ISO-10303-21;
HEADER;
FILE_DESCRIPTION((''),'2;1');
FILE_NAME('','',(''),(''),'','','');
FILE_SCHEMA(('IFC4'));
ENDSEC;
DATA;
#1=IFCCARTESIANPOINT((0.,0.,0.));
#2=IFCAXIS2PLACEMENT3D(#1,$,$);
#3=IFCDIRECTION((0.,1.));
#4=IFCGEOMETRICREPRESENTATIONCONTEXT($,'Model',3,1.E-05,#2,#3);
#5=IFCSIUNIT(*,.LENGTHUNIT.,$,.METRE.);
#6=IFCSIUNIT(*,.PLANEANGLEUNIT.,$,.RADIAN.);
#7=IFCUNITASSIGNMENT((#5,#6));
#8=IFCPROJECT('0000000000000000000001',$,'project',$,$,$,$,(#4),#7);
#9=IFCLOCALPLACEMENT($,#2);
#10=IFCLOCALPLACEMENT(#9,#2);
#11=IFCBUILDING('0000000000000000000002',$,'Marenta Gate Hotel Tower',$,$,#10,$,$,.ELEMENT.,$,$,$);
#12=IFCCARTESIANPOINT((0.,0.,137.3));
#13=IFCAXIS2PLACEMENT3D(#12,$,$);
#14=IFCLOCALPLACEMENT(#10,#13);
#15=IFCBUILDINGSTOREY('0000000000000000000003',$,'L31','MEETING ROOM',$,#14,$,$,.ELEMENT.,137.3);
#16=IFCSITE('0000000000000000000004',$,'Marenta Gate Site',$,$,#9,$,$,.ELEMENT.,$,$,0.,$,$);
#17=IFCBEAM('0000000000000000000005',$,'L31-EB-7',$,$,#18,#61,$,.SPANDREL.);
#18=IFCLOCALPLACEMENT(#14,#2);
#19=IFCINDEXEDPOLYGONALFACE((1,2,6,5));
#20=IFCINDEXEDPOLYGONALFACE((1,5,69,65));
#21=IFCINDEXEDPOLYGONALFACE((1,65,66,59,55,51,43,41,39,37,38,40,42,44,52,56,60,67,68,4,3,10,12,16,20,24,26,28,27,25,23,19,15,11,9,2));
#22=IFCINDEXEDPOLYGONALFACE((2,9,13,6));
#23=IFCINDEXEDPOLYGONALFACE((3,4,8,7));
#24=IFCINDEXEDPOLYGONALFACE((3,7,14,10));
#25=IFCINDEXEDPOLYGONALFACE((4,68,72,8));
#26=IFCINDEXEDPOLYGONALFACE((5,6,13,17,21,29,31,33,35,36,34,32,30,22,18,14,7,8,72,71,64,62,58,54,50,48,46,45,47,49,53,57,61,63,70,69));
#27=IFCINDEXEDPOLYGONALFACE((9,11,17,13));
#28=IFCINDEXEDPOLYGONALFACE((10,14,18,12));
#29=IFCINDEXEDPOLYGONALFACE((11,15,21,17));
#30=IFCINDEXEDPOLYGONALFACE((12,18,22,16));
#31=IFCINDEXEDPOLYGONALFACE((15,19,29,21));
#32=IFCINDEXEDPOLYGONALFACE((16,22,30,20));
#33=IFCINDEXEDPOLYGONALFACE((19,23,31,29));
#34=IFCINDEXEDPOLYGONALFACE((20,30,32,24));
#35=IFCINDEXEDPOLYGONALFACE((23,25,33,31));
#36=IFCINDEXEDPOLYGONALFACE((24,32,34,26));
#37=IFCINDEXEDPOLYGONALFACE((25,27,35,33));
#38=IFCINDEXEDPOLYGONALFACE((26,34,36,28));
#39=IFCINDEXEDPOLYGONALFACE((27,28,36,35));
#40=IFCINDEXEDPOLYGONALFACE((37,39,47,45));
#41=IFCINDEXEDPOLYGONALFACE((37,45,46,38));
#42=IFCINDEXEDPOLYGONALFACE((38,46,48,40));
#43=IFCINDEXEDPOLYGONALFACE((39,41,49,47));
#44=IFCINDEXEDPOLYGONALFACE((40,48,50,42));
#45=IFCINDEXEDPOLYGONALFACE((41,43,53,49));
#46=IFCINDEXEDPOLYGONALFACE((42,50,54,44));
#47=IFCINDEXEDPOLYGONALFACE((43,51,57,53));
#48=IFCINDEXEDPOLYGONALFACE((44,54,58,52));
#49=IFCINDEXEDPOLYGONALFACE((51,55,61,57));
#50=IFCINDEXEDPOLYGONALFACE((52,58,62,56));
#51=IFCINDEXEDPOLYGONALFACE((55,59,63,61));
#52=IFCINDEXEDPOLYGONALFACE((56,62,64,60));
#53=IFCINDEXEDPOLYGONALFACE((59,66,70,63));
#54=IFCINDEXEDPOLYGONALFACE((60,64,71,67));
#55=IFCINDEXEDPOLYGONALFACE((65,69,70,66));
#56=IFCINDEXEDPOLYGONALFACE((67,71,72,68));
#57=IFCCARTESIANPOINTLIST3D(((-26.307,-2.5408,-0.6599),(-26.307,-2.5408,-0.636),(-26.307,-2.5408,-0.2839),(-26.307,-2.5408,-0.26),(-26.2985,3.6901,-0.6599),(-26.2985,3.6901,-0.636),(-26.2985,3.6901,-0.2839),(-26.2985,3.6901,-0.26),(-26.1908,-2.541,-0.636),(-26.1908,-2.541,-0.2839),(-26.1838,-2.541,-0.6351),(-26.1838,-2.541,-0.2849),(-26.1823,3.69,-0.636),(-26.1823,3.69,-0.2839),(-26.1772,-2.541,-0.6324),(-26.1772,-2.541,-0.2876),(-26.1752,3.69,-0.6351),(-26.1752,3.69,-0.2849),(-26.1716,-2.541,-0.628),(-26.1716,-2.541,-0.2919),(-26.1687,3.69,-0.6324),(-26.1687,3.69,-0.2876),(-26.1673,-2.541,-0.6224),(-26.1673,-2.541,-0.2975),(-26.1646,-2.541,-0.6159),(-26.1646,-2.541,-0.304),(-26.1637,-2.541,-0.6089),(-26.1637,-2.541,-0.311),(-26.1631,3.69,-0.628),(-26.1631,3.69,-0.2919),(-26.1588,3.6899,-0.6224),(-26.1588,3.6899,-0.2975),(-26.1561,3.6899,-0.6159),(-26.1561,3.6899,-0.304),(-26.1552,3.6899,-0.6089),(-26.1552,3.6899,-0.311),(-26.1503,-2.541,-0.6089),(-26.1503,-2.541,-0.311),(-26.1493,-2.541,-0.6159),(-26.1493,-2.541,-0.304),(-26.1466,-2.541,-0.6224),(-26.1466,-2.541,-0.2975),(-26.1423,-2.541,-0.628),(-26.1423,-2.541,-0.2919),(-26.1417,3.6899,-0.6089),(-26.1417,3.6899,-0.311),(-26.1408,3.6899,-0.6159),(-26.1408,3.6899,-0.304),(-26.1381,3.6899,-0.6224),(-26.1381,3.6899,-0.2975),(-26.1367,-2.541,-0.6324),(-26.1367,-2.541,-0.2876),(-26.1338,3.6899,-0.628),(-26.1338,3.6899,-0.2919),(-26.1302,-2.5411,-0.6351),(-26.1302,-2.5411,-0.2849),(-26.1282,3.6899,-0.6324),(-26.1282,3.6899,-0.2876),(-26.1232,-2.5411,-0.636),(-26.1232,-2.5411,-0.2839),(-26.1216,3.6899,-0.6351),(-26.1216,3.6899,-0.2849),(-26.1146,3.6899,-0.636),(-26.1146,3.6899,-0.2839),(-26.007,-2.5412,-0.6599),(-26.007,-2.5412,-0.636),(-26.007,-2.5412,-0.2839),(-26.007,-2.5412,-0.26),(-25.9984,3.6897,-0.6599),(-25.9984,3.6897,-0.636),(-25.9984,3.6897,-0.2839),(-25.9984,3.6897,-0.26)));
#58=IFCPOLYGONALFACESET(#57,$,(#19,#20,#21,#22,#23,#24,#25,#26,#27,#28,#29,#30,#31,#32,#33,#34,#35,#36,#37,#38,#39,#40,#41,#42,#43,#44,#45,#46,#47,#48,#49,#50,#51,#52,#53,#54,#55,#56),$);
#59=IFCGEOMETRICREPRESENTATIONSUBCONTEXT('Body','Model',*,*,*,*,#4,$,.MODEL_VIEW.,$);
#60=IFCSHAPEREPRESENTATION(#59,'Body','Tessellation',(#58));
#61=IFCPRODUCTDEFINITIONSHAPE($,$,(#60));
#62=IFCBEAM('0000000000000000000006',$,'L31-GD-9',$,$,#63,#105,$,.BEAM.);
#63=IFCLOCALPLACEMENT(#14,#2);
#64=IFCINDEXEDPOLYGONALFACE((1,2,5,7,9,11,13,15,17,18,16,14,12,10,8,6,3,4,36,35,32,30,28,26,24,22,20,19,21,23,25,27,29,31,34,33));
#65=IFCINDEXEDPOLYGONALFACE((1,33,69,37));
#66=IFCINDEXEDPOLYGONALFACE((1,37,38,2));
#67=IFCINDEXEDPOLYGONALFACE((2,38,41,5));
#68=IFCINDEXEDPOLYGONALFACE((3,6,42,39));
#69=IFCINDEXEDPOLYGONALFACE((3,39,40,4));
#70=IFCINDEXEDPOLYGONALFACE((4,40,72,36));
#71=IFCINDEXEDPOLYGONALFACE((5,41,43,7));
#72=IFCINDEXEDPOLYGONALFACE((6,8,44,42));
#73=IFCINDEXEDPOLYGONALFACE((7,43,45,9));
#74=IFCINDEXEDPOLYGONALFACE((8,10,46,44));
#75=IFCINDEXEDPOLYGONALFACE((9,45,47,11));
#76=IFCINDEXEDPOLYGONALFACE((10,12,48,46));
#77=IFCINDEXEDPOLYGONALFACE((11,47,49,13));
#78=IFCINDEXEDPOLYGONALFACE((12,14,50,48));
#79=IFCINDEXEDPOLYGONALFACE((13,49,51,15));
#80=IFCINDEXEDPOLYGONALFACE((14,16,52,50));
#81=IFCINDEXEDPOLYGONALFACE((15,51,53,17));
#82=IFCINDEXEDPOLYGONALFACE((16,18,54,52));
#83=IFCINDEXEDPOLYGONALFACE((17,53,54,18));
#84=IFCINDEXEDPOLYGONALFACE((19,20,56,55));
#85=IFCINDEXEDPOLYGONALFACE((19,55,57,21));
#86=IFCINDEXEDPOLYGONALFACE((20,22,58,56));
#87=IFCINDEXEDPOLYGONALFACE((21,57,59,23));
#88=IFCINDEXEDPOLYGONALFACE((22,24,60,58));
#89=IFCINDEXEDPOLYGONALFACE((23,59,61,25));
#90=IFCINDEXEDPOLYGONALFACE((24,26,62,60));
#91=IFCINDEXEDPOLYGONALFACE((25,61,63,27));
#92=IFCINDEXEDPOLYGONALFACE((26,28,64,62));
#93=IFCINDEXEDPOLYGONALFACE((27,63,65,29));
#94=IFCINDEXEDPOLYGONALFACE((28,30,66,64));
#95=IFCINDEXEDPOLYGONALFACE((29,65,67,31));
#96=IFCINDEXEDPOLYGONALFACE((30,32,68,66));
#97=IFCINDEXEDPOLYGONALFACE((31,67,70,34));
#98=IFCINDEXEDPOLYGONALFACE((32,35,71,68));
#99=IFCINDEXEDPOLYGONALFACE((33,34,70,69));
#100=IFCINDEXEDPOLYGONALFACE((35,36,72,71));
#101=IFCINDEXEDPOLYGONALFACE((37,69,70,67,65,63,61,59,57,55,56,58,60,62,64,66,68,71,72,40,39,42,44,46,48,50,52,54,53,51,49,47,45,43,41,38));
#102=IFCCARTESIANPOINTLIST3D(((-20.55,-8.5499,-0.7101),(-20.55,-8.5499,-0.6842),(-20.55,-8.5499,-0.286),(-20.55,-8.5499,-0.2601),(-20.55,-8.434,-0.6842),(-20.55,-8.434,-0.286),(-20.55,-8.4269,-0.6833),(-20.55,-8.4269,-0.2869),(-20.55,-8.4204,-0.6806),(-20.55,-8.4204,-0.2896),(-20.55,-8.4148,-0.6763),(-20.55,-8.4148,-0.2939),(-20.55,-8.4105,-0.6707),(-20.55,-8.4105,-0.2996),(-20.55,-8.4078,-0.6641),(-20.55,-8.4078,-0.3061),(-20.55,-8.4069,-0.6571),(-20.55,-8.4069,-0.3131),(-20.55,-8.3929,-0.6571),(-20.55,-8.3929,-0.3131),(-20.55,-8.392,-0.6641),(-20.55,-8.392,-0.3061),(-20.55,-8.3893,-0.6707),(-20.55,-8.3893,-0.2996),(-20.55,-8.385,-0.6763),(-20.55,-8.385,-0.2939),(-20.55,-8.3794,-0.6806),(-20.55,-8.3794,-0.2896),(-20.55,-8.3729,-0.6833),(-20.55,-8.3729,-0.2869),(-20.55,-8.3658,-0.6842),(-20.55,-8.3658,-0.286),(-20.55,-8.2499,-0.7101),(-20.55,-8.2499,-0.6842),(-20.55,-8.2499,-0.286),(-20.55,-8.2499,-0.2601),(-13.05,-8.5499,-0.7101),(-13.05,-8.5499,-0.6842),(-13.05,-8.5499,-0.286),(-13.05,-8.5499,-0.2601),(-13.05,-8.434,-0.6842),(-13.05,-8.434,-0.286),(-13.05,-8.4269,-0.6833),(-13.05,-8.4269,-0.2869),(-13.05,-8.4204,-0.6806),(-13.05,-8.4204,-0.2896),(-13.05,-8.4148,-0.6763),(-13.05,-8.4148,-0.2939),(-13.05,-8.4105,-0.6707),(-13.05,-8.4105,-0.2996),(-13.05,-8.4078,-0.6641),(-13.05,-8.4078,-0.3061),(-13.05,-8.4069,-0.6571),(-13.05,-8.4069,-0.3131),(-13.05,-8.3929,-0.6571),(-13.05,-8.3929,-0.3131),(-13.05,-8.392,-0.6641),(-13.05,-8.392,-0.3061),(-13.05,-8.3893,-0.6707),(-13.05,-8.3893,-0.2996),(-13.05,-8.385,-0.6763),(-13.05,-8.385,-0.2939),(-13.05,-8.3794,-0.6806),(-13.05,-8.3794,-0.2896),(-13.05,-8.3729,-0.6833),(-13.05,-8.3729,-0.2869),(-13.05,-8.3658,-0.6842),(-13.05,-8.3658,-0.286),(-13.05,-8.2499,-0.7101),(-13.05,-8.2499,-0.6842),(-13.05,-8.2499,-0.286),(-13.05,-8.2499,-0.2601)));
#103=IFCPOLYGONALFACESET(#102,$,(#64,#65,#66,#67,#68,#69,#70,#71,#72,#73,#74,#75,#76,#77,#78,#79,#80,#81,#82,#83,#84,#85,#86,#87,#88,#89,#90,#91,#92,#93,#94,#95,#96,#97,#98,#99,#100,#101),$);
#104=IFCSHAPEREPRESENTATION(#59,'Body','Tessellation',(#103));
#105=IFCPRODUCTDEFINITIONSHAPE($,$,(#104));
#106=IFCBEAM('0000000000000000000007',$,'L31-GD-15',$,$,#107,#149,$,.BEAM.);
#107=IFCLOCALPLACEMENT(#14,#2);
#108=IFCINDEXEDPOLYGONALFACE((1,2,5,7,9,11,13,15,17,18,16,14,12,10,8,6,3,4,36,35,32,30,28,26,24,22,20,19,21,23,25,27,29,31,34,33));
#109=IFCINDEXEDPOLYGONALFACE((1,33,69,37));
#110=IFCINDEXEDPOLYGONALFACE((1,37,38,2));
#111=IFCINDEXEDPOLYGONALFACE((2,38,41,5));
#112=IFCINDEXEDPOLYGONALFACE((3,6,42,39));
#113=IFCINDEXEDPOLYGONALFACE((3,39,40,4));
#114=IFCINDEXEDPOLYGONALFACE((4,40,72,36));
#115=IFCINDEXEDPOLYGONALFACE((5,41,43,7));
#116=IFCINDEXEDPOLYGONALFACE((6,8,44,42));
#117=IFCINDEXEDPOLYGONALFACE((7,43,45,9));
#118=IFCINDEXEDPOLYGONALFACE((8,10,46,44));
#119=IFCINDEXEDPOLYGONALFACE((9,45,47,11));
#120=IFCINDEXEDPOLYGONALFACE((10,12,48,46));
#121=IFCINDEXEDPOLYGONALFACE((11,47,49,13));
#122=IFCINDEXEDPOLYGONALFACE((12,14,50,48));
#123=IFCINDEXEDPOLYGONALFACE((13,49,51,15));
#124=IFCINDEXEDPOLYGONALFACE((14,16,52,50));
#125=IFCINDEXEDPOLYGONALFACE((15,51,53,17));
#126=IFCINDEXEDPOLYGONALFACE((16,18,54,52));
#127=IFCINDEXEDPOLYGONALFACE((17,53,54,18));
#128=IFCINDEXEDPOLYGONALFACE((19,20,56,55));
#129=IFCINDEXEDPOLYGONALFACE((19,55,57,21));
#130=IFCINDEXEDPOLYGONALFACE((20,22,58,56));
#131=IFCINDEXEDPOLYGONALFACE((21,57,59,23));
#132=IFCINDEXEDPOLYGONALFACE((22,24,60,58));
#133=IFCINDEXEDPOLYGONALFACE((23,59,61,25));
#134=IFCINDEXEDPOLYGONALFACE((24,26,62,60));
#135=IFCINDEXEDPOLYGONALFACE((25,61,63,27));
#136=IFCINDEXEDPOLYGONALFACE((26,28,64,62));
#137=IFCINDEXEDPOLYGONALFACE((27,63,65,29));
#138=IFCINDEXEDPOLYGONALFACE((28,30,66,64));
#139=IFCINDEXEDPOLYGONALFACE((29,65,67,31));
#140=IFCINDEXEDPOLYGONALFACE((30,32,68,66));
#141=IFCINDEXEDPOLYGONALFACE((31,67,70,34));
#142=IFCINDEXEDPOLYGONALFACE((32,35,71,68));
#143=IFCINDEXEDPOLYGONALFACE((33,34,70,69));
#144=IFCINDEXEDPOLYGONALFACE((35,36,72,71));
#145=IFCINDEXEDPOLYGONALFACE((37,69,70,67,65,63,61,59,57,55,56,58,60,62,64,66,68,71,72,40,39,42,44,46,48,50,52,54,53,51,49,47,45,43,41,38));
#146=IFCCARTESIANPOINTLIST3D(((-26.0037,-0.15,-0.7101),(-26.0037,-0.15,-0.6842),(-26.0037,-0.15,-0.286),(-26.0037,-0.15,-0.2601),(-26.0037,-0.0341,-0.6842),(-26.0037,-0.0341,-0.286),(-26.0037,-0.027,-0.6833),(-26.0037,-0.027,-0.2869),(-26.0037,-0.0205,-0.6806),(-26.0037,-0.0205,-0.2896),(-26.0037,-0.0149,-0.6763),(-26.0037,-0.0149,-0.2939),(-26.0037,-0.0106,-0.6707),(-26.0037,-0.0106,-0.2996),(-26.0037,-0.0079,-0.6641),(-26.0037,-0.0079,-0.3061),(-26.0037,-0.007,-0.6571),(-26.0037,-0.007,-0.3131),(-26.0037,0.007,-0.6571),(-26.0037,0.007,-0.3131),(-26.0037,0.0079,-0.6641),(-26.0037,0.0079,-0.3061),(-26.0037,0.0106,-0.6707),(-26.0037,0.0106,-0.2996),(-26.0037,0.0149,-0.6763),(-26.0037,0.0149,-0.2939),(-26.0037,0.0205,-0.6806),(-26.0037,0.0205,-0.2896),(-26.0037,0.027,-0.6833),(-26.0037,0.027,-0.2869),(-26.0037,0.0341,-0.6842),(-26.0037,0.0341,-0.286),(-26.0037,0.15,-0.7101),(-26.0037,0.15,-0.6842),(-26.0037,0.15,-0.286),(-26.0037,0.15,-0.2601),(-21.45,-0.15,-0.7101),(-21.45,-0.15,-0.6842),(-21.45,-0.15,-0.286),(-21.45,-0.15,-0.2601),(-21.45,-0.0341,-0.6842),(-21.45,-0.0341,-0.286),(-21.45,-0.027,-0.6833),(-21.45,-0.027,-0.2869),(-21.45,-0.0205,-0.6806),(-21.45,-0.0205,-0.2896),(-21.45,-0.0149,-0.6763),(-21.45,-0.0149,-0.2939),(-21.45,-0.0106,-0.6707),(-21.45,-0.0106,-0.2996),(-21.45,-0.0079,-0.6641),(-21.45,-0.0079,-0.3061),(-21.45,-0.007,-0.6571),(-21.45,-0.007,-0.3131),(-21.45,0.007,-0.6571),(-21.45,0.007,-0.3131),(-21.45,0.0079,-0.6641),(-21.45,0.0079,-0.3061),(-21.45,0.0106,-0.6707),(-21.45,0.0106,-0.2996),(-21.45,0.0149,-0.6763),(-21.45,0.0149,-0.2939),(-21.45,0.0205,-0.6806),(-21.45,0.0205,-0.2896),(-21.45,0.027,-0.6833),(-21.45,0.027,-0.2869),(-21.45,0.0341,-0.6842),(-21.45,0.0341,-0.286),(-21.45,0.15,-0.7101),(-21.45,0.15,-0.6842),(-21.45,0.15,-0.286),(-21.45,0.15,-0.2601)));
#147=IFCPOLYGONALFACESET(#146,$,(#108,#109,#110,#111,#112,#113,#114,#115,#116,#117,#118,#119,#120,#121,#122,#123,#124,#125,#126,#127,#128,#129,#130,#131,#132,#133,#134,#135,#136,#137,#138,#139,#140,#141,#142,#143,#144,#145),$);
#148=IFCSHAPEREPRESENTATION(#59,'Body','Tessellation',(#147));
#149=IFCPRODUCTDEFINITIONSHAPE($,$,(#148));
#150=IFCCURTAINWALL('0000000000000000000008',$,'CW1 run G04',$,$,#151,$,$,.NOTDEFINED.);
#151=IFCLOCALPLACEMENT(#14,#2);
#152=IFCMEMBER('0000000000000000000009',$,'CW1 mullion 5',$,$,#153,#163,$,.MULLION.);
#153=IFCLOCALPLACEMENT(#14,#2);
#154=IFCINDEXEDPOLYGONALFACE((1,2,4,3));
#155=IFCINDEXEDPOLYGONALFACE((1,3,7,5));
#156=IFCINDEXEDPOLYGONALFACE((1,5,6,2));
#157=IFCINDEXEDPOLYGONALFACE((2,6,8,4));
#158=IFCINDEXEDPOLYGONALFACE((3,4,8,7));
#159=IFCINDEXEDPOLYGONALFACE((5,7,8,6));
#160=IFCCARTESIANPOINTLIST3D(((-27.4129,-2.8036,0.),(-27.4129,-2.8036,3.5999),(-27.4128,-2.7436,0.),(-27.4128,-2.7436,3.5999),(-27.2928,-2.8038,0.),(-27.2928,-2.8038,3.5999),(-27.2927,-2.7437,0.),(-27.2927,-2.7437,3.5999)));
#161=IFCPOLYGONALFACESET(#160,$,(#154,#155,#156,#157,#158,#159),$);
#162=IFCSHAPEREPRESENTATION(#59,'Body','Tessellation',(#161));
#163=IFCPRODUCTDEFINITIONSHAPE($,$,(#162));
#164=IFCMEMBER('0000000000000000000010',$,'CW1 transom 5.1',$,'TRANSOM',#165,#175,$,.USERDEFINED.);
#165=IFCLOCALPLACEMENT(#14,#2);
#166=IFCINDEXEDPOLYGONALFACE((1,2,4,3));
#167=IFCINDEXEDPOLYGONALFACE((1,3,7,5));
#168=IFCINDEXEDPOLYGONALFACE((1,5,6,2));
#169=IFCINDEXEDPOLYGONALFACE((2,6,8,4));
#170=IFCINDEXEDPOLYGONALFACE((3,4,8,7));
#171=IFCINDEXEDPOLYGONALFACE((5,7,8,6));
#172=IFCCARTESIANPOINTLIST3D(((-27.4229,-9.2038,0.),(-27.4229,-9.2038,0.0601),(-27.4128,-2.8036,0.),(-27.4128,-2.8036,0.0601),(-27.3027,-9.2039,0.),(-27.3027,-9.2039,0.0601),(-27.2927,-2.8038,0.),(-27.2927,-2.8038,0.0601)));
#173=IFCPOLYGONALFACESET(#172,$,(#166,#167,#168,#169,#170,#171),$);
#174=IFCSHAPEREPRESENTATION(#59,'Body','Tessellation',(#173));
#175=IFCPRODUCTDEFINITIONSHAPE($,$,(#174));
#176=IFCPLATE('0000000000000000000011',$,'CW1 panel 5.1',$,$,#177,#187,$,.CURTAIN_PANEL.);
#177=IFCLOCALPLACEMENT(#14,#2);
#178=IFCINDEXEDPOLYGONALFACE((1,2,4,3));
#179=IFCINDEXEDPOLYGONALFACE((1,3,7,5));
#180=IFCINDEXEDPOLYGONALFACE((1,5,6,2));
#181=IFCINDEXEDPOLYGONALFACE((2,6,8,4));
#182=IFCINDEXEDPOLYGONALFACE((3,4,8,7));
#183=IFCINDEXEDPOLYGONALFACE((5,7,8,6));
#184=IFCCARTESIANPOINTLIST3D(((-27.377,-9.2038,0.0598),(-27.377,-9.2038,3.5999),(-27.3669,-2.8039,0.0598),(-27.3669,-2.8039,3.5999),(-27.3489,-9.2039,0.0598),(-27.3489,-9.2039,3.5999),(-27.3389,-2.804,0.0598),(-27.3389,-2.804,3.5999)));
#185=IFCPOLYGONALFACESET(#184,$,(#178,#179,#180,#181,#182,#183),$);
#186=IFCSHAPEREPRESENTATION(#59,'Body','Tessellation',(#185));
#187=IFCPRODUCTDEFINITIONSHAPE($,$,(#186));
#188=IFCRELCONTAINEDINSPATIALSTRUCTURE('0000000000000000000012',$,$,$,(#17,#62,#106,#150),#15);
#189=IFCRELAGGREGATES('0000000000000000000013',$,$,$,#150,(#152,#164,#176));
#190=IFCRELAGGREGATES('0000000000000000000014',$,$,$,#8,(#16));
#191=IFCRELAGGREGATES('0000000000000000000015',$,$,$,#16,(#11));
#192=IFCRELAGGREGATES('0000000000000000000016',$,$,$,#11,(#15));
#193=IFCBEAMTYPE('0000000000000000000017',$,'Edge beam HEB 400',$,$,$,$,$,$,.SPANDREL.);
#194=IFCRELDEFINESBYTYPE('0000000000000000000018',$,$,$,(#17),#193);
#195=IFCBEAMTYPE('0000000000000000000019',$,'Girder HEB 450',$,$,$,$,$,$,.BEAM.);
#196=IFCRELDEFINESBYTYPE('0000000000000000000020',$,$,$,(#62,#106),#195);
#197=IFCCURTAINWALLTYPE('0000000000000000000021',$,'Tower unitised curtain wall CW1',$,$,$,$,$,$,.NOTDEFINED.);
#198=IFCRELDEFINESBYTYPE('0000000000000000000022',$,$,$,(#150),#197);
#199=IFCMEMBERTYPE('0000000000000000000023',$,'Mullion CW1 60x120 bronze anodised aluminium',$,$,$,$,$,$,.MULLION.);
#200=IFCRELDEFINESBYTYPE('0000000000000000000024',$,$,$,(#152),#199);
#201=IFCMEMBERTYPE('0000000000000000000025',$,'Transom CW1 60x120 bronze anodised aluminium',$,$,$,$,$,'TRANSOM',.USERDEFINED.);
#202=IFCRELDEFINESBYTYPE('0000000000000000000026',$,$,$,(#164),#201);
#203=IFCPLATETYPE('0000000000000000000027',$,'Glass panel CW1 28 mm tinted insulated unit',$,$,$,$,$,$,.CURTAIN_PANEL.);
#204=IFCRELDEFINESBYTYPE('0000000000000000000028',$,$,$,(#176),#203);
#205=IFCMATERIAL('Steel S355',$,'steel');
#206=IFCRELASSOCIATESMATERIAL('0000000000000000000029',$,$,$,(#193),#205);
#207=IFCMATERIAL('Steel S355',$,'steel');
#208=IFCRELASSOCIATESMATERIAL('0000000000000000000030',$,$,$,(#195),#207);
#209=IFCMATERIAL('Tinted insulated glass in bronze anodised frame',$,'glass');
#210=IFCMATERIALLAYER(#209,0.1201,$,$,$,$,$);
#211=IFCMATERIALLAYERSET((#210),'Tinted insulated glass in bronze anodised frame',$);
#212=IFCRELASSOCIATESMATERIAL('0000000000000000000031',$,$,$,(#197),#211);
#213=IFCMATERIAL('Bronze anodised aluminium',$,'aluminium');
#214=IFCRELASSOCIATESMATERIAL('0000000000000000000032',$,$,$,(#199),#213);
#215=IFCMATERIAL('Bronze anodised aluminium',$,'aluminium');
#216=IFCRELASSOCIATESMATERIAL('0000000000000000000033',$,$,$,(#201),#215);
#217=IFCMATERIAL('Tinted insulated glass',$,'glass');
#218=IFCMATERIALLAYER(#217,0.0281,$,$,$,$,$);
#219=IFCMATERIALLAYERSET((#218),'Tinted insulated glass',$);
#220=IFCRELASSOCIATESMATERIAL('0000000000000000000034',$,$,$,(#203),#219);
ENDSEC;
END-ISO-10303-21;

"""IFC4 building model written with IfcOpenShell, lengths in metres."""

from ifc_helpers import new_model, si_unit, direction, frame, origin, origin_2d, place, context, subcontext, project, spatial, rectangle, i_section, extrude, material, layer, layer_set, material_profile, profile_set, type_object, element, aggregate, save


model = new_model("IFC4")

# Units and contexts
model_context = context("Model", 3, precision=1e-05, world=origin(), true_north=direction((0.0, 1.0)))
body_context = subcontext(model_context, "Body", "Model", "MODEL_VIEW")
ifc_project = project(units=[si_unit("LENGTHUNIT", "METRE"), si_unit("PLANEANGLEUNIT", "RADIAN")], contexts=[model_context])

# Site, building, storey
site_placement = place(None, origin())
site = spatial("IfcSite", under=ifc_project, at=site_placement, Name="Marenta Gate Site", CompositionType="ELEMENT", RefElevation=0.0)
building_placement = place(site_placement, origin())
building = spatial("IfcBuilding", under=site, at=building_placement, Name="Marenta Gate Hotel Tower", CompositionType="ELEMENT")
storey_placement = place(building_placement, frame((0.0, 0.0, 137.3)))
storey = spatial("IfcBuildingStorey", under=building, at=storey_placement, Name="L31", Description="MEETING ROOM", CompositionType="ELEMENT", Elevation=137.3)

# Beams
ifc_material_1 = material(Name="Steel S355", Category="steel")
ifc_material_profile_1 = material_profile(ifc_material_1, i_section(OverallWidth=0.3, OverallDepth=0.3999, WebThickness=0.0134, FlangeThickness=0.0239, FilletRadius=0.0271, at=origin_2d()), Name="HEB 400")
ifc_profile_set_1 = profile_set([ifc_material_profile_1], Name="Steel S355")
beam_type_1 = type_object("IfcBeamType", Name="Edge beam HEB 400", PredefinedType="SPANDREL", material=ifc_profile_set_1)
beam_1_placement = place(storey_placement, frame((-26.157, -2.541, -0.46), z_axis=(0.001371, 0.999999, 0.0), x_axis=(-0.999999, 0.001371, 0.0)))
element("IfcBeam", 1, at=beam_1_placement, inside=storey, type_object=beam_type_1, Name="L31-EB-7", PredefinedType="SPANDREL", context=body_context, shape_type="SweptSolid", body=[
    extrude(i_section(OverallWidth=0.3, OverallDepth=0.3999, WebThickness=0.0134, FlangeThickness=0.0239, FilletRadius=0.0271, at=origin_2d()), origin(), (0.0, 0.0, 1.0), 6.231),
])
ifc_material_2 = material(Name="Steel S355", Category="steel")
ifc_material_profile_2 = material_profile(ifc_material_2, i_section(OverallWidth=0.3, OverallDepth=0.45, WebThickness=0.0139, FlangeThickness=0.0259, FilletRadius=0.0271, at=origin_2d()), Name="HEB 450")
ifc_profile_set_2 = profile_set([ifc_material_profile_2], Name="Steel S355")
beam_type_2 = type_object("IfcBeamType", Name="Girder HEB 450", PredefinedType="BEAM", material=ifc_profile_set_2)
beam_2_placement = place(storey_placement, frame((-20.55, -8.3999, -0.4851), z_axis=(1.0, 0.0, 0.0), x_axis=(0.0, 1.0, 0.0)))
element("IfcBeam", 2, at=beam_2_placement, inside=storey, type_object=beam_type_2, Name="L31-GD-9", PredefinedType="BEAM", context=body_context, shape_type="SweptSolid", body=[
    extrude(i_section(OverallWidth=0.3, OverallDepth=0.45, WebThickness=0.0139, FlangeThickness=0.0259, FilletRadius=0.0271, at=origin_2d()), origin(), (0.0, 0.0, 1.0), 7.5),
])
beam_3_placement = place(storey_placement, frame((-26.0037, 0.0, -0.4851), z_axis=(1.0, 0.0, 0.0), x_axis=(0.0, 1.0, 0.0)))
element("IfcBeam", 3, at=beam_3_placement, inside=storey, type_object=beam_type_2, Name="L31-GD-15", PredefinedType="BEAM", context=body_context, shape_type="SweptSolid", body=[
    extrude(i_section(OverallWidth=0.3, OverallDepth=0.45, WebThickness=0.0139, FlangeThickness=0.0259, FilletRadius=0.0271, at=origin_2d()), origin(), (0.0, 0.0, 1.0), 4.5537),
])

# Curtain wall, members, plate
ifc_material_3 = material(Name="Tinted insulated glass in bronze anodised frame", Category="glass")
ifc_layer_1 = layer(ifc_material_3, 0.1201)
ifc_layer_set_1 = layer_set([ifc_layer_1], Name="Tinted insulated glass in bronze anodised frame")
curtain_wall_type = type_object("IfcCurtainWallType", Name="Tower unitised curtain wall CW1", PredefinedType="NOTDEFINED", material=ifc_layer_set_1)
curtain_wall_placement = place(storey_placement, origin())
curtain_wall = element("IfcCurtainWall", 4, at=curtain_wall_placement, inside=storey, type_object=curtain_wall_type, Name="CW1 run G04", PredefinedType="NOTDEFINED")
ifc_material_4 = material(Name="Bronze anodised aluminium", Category="aluminium")
ifc_material_profile_3 = material_profile(ifc_material_4, rectangle(XDim=0.1201, YDim=0.0601, at=origin_2d()), Name="Mullion CW1 60x120 bronze anodised aluminium")
ifc_profile_set_3 = profile_set([ifc_material_profile_3], Name="Bronze anodised aluminium")
member_type_1 = type_object("IfcMemberType", Name="Mullion CW1 60x120 bronze anodised aluminium", PredefinedType="MULLION", material=ifc_profile_set_3)
member_1_placement = place(storey_placement, frame((-27.3528, -2.7737, 0.0), z_axis=(0.0, 0.0, 1.0), x_axis=(0.999999, -0.001566, 0.0)))
member_1 = element("IfcMember", 5, at=member_1_placement, type_object=member_type_1, Name="CW1 mullion 5", PredefinedType="MULLION", context=body_context, shape_type="SweptSolid", body=[
    extrude(rectangle(XDim=0.1201, YDim=0.0601, at=origin_2d()), origin(), (0.0, 0.0, 1.0), 3.5999),
])
ifc_material_5 = material(Name="Bronze anodised aluminium", Category="aluminium")
ifc_material_profile_4 = material_profile(ifc_material_5, rectangle(XDim=0.1201, YDim=0.0601, at=origin_2d()), Name="Transom CW1 60x120 bronze anodised aluminium")
ifc_profile_set_4 = profile_set([ifc_material_profile_4], Name="Bronze anodised aluminium")
member_type_2 = type_object("IfcMemberType", Name="Transom CW1 60x120 bronze anodised aluminium", ElementType="TRANSOM", PredefinedType="USERDEFINED", material=ifc_profile_set_4)
member_2_placement = place(storey_placement, frame((-27.3528, -2.8037, 0.03), z_axis=(-0.001564, -0.999999, 0.0), x_axis=(0.999999, -0.001564, 0.0)))
member_2 = element("IfcMember", 6, at=member_2_placement, type_object=member_type_2, Name="CW1 transom 5.1", ObjectType="TRANSOM", PredefinedType="USERDEFINED", context=body_context, shape_type="SweptSolid", body=[
    extrude(rectangle(XDim=0.1201, YDim=0.0601, at=origin_2d()), origin(), (0.0, 0.0, 1.0), 6.4001),
])
ifc_material_6 = material(Name="Tinted insulated glass", Category="glass")
ifc_layer_2 = layer(ifc_material_6, 0.0281)
ifc_layer_set_2 = layer_set([ifc_layer_2], Name="Tinted insulated glass")
plate_type = type_object("IfcPlateType", Name="Glass panel CW1 28 mm tinted insulated unit", PredefinedType="CURTAIN_PANEL", material=ifc_layer_set_2)
plate_placement = place(storey_placement, frame((-27.3579, -6.0039, 0.0598), z_axis=(0.0, 0.0, 1.0), x_axis=(-0.001566, -0.999999, 0.0)))
plate = element("IfcPlate", 7, at=plate_placement, type_object=plate_type, Name="CW1 panel 5.1", PredefinedType="CURTAIN_PANEL", context=body_context, shape_type="SweptSolid", body=[
    extrude(rectangle(XDim=6.3999, YDim=0.0281, at=origin_2d()), origin(), (0.0, 0.0, 1.0), 3.54),
])
aggregate(curtain_wall, [member_1, member_2, plate])

save(model, "model.ifc")
